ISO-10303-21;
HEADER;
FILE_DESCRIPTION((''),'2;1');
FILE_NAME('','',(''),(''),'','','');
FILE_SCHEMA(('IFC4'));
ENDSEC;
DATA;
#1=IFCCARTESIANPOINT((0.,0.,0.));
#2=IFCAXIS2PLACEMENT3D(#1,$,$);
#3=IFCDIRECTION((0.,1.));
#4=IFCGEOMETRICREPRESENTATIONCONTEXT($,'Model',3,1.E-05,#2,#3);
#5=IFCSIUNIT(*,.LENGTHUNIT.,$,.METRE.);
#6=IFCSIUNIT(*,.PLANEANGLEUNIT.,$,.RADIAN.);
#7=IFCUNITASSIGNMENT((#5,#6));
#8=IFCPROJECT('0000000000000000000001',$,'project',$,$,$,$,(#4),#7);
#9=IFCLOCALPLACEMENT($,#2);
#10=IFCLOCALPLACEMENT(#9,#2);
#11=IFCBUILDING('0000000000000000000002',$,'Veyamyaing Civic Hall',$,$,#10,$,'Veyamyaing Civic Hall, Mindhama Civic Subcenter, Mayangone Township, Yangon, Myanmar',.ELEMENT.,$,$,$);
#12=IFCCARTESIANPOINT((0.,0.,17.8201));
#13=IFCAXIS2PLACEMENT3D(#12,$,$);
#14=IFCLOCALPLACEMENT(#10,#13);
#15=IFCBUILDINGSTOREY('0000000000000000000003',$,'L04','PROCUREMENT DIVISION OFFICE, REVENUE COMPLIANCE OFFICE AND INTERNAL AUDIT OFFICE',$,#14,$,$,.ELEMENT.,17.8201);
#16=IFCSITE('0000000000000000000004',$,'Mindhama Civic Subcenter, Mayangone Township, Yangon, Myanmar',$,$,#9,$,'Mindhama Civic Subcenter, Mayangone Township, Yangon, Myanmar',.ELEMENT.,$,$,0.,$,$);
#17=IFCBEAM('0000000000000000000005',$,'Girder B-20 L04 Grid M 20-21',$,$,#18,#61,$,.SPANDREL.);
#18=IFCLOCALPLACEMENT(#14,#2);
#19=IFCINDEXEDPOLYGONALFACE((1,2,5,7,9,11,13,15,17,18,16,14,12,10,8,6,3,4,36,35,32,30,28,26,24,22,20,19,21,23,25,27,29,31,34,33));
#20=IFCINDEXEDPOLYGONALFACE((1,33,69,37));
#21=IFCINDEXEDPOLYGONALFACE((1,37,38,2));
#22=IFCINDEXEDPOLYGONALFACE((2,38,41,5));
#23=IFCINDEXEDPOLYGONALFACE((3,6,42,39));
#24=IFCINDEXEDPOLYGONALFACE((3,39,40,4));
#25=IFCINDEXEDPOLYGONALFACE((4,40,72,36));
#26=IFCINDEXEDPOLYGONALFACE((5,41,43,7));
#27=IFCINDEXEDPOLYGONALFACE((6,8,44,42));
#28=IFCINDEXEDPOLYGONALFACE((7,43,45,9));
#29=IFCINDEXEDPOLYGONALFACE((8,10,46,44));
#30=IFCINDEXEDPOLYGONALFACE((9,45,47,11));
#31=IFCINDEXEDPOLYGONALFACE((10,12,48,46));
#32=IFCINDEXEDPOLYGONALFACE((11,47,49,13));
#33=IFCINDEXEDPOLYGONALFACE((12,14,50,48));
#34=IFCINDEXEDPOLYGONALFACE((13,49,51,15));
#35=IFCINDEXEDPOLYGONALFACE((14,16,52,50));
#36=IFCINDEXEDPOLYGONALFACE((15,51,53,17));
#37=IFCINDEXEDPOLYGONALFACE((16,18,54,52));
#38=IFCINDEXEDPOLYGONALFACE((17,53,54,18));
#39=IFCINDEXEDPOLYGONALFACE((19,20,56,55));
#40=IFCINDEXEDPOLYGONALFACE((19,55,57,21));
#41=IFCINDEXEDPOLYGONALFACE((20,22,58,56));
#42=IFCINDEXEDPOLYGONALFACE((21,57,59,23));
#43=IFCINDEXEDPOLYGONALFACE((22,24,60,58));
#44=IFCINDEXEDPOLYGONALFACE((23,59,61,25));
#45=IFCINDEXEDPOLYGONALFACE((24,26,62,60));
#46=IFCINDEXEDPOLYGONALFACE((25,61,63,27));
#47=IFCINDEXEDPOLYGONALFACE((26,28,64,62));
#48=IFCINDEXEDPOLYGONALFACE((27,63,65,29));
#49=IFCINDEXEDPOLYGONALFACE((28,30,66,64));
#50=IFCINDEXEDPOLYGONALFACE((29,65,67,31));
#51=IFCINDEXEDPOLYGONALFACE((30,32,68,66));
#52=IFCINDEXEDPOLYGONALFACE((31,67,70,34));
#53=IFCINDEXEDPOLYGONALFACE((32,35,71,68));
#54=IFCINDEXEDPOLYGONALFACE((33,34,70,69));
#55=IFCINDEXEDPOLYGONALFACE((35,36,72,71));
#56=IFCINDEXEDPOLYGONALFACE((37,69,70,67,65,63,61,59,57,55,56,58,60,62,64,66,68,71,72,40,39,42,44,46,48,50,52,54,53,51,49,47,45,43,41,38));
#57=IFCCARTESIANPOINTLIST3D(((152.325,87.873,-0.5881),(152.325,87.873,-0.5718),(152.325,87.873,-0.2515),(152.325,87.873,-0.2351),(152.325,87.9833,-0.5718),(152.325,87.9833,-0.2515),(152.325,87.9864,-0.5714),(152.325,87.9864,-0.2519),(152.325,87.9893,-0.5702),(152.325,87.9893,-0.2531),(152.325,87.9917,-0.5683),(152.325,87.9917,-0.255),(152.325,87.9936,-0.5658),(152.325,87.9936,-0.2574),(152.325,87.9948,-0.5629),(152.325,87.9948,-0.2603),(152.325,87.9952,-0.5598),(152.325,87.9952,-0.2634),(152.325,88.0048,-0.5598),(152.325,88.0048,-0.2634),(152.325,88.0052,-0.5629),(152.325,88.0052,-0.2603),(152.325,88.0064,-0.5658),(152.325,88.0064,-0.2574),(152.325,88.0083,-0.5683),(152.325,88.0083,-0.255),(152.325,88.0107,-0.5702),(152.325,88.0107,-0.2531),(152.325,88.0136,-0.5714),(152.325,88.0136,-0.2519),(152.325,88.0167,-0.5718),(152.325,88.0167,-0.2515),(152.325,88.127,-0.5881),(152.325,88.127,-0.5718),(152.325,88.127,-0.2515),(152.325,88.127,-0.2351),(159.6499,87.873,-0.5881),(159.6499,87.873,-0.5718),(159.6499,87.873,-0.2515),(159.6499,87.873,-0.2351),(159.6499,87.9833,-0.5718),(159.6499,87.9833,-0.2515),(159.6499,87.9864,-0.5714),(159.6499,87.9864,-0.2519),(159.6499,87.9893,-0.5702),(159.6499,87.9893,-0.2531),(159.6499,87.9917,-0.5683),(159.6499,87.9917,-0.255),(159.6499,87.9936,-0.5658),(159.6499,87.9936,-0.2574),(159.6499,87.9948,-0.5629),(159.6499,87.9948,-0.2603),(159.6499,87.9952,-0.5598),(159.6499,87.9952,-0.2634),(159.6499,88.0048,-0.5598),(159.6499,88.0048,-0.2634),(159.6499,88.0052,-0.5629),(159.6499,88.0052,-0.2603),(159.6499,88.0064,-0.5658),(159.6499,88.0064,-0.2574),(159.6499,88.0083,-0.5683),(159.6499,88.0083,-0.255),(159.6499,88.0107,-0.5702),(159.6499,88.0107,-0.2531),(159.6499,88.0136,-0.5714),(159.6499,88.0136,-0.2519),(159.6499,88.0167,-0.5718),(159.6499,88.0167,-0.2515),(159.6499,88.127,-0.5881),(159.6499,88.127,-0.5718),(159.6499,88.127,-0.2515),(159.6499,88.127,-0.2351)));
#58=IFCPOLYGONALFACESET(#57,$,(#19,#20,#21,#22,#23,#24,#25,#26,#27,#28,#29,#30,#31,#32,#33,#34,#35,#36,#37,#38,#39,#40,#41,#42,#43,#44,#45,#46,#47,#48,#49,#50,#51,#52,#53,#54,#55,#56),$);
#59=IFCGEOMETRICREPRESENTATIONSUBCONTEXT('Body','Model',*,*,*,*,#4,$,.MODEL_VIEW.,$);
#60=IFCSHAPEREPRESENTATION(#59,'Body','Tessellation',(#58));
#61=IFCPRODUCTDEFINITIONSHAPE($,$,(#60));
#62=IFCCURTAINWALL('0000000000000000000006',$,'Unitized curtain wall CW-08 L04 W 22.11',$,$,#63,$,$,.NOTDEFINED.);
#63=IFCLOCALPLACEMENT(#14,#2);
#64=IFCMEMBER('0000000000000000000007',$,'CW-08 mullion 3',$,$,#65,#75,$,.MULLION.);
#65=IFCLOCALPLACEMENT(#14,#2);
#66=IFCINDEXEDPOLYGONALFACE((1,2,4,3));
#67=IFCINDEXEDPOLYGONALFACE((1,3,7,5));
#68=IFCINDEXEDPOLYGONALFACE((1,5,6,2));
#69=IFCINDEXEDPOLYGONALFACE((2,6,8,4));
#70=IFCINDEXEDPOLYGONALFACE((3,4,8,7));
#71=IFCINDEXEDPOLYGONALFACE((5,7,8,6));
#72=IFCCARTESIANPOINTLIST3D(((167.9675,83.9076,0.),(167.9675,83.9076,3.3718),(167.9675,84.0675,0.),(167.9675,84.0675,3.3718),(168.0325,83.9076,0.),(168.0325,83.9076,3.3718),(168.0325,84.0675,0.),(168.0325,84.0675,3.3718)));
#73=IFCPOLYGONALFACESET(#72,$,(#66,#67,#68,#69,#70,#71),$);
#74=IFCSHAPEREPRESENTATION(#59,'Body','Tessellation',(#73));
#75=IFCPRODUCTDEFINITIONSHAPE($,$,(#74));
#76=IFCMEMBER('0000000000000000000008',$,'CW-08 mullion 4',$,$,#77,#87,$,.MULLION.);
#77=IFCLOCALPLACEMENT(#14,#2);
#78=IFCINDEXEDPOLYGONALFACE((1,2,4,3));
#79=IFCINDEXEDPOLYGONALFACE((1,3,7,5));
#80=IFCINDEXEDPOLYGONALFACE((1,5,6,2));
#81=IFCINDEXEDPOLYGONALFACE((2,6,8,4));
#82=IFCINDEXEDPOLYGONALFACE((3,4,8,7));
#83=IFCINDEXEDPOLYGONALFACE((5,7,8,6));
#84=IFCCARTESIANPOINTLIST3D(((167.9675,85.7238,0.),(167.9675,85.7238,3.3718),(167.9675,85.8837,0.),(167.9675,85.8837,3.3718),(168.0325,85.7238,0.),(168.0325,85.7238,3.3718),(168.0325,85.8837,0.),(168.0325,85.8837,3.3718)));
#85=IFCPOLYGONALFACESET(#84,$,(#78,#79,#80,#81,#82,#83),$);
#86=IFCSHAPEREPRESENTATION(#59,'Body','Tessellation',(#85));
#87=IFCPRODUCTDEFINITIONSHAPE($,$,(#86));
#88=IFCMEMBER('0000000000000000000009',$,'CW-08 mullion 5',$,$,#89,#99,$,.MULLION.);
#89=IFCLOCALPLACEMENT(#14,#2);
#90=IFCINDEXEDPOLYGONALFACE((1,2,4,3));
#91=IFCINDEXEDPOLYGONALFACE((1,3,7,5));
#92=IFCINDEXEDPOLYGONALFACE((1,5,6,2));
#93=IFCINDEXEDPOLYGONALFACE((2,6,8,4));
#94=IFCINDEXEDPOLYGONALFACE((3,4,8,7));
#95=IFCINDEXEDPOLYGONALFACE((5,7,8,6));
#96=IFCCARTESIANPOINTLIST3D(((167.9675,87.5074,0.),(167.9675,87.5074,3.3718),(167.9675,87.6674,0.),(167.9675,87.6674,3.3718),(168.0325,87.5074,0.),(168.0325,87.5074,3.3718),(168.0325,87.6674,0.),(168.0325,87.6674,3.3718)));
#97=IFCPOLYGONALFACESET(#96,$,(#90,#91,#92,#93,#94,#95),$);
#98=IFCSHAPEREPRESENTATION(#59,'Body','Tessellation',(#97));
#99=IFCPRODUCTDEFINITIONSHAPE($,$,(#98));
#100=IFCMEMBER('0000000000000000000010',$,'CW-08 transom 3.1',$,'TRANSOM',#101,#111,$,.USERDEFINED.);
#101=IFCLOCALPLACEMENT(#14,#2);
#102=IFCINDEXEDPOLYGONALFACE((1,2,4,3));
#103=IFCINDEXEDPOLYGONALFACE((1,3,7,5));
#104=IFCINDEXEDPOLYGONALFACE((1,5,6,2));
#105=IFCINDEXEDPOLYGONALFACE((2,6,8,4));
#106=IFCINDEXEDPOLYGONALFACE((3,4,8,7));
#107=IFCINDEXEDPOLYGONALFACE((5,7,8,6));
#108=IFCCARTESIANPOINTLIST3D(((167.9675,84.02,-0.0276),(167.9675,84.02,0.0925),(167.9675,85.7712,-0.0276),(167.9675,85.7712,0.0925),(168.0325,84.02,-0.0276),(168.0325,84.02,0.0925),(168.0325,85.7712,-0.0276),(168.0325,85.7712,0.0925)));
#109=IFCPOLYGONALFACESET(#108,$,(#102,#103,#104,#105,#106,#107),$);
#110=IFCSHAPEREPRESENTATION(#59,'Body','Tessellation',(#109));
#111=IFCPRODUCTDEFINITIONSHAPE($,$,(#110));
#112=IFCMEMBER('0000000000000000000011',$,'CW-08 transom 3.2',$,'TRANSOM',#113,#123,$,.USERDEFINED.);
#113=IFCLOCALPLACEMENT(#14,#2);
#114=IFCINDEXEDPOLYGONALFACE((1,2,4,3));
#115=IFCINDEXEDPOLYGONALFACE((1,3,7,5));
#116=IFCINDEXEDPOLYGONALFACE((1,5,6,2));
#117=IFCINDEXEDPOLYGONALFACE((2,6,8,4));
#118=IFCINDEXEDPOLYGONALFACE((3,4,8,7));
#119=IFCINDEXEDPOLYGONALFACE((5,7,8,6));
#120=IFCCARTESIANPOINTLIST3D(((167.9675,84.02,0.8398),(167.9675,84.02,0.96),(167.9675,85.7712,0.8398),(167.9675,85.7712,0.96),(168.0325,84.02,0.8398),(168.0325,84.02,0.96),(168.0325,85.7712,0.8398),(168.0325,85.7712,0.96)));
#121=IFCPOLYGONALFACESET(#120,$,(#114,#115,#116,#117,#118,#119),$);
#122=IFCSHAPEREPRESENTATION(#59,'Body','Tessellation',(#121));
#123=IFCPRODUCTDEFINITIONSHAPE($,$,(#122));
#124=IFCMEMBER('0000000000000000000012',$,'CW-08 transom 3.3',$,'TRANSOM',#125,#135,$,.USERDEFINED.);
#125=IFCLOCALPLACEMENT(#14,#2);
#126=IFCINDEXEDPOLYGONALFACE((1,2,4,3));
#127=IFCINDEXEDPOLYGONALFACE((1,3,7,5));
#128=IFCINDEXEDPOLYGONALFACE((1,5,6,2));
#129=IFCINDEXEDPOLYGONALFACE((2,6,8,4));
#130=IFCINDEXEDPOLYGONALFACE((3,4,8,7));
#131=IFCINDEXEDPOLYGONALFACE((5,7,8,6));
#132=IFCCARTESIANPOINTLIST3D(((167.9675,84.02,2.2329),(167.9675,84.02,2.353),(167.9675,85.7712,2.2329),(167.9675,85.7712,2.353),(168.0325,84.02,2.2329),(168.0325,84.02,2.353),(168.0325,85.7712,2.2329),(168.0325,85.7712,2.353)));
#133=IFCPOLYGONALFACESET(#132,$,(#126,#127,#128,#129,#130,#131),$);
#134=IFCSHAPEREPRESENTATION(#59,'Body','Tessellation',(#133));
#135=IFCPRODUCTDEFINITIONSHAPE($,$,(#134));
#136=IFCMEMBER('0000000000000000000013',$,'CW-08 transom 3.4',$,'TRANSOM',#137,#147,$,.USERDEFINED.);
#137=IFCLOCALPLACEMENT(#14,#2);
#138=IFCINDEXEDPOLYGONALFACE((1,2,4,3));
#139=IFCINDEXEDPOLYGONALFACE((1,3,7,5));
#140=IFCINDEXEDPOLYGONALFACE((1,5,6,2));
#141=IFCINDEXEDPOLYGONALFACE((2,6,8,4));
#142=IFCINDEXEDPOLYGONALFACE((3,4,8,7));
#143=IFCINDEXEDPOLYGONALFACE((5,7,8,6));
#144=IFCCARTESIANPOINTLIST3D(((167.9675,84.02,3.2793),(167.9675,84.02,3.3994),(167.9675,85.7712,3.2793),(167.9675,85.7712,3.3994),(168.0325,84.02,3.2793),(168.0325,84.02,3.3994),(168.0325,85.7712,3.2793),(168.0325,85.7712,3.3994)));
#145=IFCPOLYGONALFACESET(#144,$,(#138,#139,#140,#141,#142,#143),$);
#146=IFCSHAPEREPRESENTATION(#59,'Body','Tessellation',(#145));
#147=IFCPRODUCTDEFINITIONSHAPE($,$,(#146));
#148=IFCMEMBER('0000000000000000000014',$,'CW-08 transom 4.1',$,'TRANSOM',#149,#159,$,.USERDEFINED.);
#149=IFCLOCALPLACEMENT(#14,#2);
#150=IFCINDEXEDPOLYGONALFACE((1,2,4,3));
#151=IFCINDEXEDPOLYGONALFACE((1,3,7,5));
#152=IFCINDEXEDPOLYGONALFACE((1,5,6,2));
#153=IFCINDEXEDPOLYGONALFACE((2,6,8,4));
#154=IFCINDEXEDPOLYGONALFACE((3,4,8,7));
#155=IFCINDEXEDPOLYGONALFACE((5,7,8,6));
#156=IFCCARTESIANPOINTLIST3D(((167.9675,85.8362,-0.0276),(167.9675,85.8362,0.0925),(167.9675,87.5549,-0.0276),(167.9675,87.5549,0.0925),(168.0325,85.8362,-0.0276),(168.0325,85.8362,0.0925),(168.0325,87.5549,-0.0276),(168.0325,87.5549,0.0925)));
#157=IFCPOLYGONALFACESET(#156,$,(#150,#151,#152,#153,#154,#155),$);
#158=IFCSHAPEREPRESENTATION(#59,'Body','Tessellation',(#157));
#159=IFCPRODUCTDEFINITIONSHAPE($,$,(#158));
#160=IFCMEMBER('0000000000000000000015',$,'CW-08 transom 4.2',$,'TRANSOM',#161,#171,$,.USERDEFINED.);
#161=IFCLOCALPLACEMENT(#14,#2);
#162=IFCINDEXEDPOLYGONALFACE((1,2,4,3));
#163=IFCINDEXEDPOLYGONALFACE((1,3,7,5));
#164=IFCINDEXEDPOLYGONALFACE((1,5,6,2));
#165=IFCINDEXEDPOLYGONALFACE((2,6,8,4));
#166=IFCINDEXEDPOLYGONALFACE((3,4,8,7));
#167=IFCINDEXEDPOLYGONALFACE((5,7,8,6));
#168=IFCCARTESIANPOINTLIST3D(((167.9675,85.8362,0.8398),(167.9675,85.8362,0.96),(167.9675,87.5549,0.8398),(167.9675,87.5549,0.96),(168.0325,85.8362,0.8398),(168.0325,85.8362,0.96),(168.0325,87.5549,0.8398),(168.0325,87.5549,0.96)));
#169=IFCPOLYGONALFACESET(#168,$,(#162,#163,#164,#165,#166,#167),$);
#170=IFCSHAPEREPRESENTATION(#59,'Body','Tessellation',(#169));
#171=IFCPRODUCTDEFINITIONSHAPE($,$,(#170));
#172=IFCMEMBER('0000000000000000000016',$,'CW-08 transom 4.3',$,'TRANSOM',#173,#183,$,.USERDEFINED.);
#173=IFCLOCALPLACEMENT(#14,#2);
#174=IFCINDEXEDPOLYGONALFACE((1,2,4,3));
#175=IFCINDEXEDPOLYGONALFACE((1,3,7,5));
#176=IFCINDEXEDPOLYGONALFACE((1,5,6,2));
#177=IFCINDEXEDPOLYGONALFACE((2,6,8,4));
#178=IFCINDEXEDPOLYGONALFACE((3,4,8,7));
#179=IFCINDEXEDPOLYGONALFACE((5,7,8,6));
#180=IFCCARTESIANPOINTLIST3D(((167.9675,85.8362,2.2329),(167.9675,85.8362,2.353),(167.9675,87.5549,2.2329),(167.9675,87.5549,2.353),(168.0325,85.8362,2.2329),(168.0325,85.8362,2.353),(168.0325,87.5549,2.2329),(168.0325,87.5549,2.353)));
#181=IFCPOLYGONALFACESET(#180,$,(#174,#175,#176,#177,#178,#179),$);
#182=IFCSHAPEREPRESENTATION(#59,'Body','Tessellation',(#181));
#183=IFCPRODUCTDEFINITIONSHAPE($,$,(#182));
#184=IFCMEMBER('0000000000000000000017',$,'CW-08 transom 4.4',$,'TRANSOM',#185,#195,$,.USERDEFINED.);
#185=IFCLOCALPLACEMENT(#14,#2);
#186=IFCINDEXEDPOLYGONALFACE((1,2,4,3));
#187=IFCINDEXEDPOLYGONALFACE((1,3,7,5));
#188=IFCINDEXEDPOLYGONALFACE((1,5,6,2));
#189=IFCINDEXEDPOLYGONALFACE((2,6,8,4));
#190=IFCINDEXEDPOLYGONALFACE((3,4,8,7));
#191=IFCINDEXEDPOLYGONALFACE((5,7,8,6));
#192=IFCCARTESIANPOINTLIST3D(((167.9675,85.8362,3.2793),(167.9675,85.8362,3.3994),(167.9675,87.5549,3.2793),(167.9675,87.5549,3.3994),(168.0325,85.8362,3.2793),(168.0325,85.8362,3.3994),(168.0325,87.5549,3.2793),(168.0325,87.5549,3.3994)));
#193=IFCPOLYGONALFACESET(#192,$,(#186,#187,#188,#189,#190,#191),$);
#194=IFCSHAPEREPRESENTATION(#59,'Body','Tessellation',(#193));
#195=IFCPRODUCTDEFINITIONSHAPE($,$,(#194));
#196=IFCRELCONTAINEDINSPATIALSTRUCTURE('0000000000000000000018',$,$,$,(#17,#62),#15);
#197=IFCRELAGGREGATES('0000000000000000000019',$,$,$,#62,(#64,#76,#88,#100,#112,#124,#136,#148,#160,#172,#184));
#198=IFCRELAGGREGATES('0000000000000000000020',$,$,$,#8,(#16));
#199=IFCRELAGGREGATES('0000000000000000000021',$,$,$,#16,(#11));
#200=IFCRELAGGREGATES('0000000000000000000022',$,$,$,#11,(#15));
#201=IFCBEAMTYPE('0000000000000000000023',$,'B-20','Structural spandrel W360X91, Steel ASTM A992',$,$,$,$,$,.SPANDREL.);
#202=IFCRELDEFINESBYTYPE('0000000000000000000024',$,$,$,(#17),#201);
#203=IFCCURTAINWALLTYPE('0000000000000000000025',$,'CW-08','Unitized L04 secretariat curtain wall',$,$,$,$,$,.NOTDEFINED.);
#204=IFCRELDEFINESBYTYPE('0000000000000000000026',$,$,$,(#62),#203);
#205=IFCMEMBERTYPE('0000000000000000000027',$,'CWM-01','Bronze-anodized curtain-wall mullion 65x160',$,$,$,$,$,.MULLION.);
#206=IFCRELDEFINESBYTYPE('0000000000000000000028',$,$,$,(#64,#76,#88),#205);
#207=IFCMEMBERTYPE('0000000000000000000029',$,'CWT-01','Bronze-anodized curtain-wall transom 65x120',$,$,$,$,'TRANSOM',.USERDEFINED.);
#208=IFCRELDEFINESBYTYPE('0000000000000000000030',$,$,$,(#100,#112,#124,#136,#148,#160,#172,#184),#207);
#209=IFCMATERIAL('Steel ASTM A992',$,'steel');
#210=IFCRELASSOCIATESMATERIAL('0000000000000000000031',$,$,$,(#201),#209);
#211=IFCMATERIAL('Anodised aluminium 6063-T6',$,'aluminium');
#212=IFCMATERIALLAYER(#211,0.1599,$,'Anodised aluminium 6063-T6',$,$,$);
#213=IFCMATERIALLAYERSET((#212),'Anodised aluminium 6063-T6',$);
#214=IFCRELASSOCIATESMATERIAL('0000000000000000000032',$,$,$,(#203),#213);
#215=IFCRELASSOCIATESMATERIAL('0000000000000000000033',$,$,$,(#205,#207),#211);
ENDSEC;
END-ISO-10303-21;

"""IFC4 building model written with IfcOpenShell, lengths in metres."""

from ifc_helpers import new_model, si_unit, direction, frame, origin, origin_2d, place, context, subcontext, project, spatial, rectangle, i_section, extrude, material, layer, layer_set, material_profile, profile_set, type_object, element, aggregate, save


model = new_model("IFC4")

# Units and contexts
model_context = context("Model", 3, precision=1e-05, world=origin(), true_north=direction((0.0, 1.0)))
body_context = subcontext(model_context, "Body", "Model", "MODEL_VIEW")
ifc_project = project(units=[si_unit("LENGTHUNIT", "METRE"), si_unit("PLANEANGLEUNIT", "RADIAN")], contexts=[model_context])

# Site, building, storey
site_placement = place(None, origin())
site = spatial("IfcSite", under=ifc_project, at=site_placement, Name="Mindhama Civic Subcenter, Mayangone Township, Yangon, Myanmar", LongName="Mindhama Civic Subcenter, Mayangone Township, Yangon, Myanmar", CompositionType="ELEMENT", RefElevation=0.0)
building_placement = place(site_placement, origin())
building = spatial("IfcBuilding", under=site, at=building_placement, Name="Veyamyaing Civic Hall", LongName="Veyamyaing Civic Hall, Mindhama Civic Subcenter, Mayangone Township, Yangon, Myanmar", CompositionType="ELEMENT")
storey_placement = place(building_placement, frame((0.0, 0.0, 17.8201)))
storey = spatial("IfcBuildingStorey", under=building, at=storey_placement, Name="L04", Description="PROCUREMENT DIVISION OFFICE, REVENUE COMPLIANCE OFFICE AND INTERNAL AUDIT OFFICE", CompositionType="ELEMENT", Elevation=17.8201)

# Beam
ifc_material_1 = material(Name="Steel ASTM A992", Category="steel")
ifc_material_profile_1 = material_profile(ifc_material_1, i_section(OverallWidth=0.2539, OverallDepth=0.353, WebThickness=0.0095, FlangeThickness=0.0164, FilletRadius=0.012, at=origin_2d()), Name="W360X91")
ifc_profile_set_1 = profile_set([ifc_material_profile_1], Name="Steel ASTM A992")
beam_type = type_object("IfcBeamType", Name="B-20", Description="Structural spandrel W360X91, Steel ASTM A992", PredefinedType="SPANDREL", material=ifc_profile_set_1)
beam_placement = place(storey_placement, frame((152.325, 88.0, -0.4116), z_axis=(1.0, 0.0, 0.0), x_axis=(0.0, 1.0, 0.0)))
element("IfcBeam", 1, at=beam_placement, inside=storey, type_object=beam_type, Name="Girder B-20 L04 Grid M 20-21", PredefinedType="SPANDREL", context=body_context, shape_type="SweptSolid", body=[
    extrude(i_section(OverallWidth=0.2539, OverallDepth=0.353, WebThickness=0.0095, FlangeThickness=0.0164, FilletRadius=0.012, at=origin_2d()), origin(), (0.0, 0.0, 1.0), 7.325),
])

# Curtain wall, members
ifc_material_2 = material(Name="Anodised aluminium 6063-T6", Category="aluminium")
ifc_layer_1 = layer(ifc_material_2, 0.1599, Name="Anodised aluminium 6063-T6")
ifc_layer_set_1 = layer_set([ifc_layer_1], Name="Anodised aluminium 6063-T6")
curtain_wall_type = type_object("IfcCurtainWallType", Name="CW-08", Description="Unitized L04 secretariat curtain wall", PredefinedType="NOTDEFINED", material=ifc_layer_set_1)
curtain_wall_placement = place(storey_placement, origin())
curtain_wall = element("IfcCurtainWall", 2, at=curtain_wall_placement, inside=storey, type_object=curtain_wall_type, Name="Unitized curtain wall CW-08 L04 W 22.11", PredefinedType="NOTDEFINED")
ifc_material_profile_2 = material_profile(ifc_material_2, rectangle(XDim=0.0649, YDim=0.1599, at=origin_2d()), Name="ALU-MUL-65X160")
ifc_profile_set_2 = profile_set([ifc_material_profile_2], Name="Anodised aluminium 6063-T6")
member_type_1 = type_object("IfcMemberType", Name="CWM-01", Description="Bronze-anodized curtain-wall mullion 65x160", PredefinedType="MULLION", material=ifc_profile_set_2)
member_1_placement = place(storey_placement, frame((168.0, 83.9875, 0.0), z_axis=(0.0, 0.0, 1.0), x_axis=(-1.0, 0.0, 0.0)))
member_1 = element("IfcMember", 3, at=member_1_placement, type_object=member_type_1, Name="CW-08 mullion 3", PredefinedType="MULLION", context=body_context, shape_type="SweptSolid", body=[
    extrude(rectangle(XDim=0.0649, YDim=0.1599, at=origin_2d()), origin(), (0.0, 0.0, 1.0), 3.3718),
])
member_2_placement = place(storey_placement, frame((168.0, 85.8037, 0.0), z_axis=(0.0, 0.0, 1.0), x_axis=(-1.0, 0.0, 0.0)))
member_2 = element("IfcMember", 4, at=member_2_placement, type_object=member_type_1, Name="CW-08 mullion 4", PredefinedType="MULLION", context=body_context, shape_type="SweptSolid", body=[
    extrude(rectangle(XDim=0.0649, YDim=0.1599, at=origin_2d()), origin(), (0.0, 0.0, 1.0), 3.3718),
])
member_3_placement = place(storey_placement, frame((168.0, 87.5874, 0.0), z_axis=(0.0, 0.0, 1.0), x_axis=(-1.0, 0.0, 0.0)))
member_3 = element("IfcMember", 5, at=member_3_placement, type_object=member_type_1, Name="CW-08 mullion 5", PredefinedType="MULLION", context=body_context, shape_type="SweptSolid", body=[
    extrude(rectangle(XDim=0.0649, YDim=0.1599, at=origin_2d()), origin(), (0.0, 0.0, 1.0), 3.3718),
])
ifc_material_profile_3 = material_profile(ifc_material_2, rectangle(XDim=0.0649, YDim=0.1201, at=origin_2d()), Name="ALU-TRN-65X120")
ifc_profile_set_3 = profile_set([ifc_material_profile_3], Name="Anodised aluminium 6063-T6")
member_type_2 = type_object("IfcMemberType", Name="CWT-01", Description="Bronze-anodized curtain-wall transom 65x120", ElementType="TRANSOM", PredefinedType="USERDEFINED", material=ifc_profile_set_3)
member_4_placement = place(storey_placement, frame((168.0, 84.02, 0.0325), z_axis=(0.0, 1.0, 0.0), x_axis=(-1.0, 0.0, 0.0)))
member_4 = element("IfcMember", 6, at=member_4_placement, type_object=member_type_2, Name="CW-08 transom 3.1", ObjectType="TRANSOM", PredefinedType="USERDEFINED", context=body_context, shape_type="SweptSolid", body=[
    extrude(rectangle(XDim=0.0649, YDim=0.1201, at=origin_2d()), origin(), (0.0, 0.0, 1.0), 1.7512),
])
member_5_placement = place(storey_placement, frame((168.0, 84.02, 0.8999), z_axis=(0.0, 1.0, 0.0), x_axis=(-1.0, 0.0, 0.0)))
member_5 = element("IfcMember", 7, at=member_5_placement, type_object=member_type_2, Name="CW-08 transom 3.2", ObjectType="TRANSOM", PredefinedType="USERDEFINED", context=body_context, shape_type="SweptSolid", body=[
    extrude(rectangle(XDim=0.0649, YDim=0.1201, at=origin_2d()), origin(), (0.0, 0.0, 1.0), 1.7512),
])
member_6_placement = place(storey_placement, frame((168.0, 84.02, 2.293), z_axis=(0.0, 1.0, 0.0), x_axis=(-1.0, 0.0, 0.0)))
member_6 = element("IfcMember", 8, at=member_6_placement, type_object=member_type_2, Name="CW-08 transom 3.3", ObjectType="TRANSOM", PredefinedType="USERDEFINED", context=body_context, shape_type="SweptSolid", body=[
    extrude(rectangle(XDim=0.0649, YDim=0.1201, at=origin_2d()), origin(), (0.0, 0.0, 1.0), 1.7512),
])
member_7_placement = place(storey_placement, frame((168.0, 84.02, 3.3394), z_axis=(0.0, 1.0, 0.0), x_axis=(-1.0, 0.0, 0.0)))
member_7 = element("IfcMember", 9, at=member_7_placement, type_object=member_type_2, Name="CW-08 transom 3.4", ObjectType="TRANSOM", PredefinedType="USERDEFINED", context=body_context, shape_type="SweptSolid", body=[
    extrude(rectangle(XDim=0.0649, YDim=0.1201, at=origin_2d()), origin(), (0.0, 0.0, 1.0), 1.7512),
])
member_8_placement = place(storey_placement, frame((168.0, 85.8362, 0.0325), z_axis=(0.0, 1.0, 0.0), x_axis=(-1.0, 0.0, 0.0)))
member_8 = element("IfcMember", 10, at=member_8_placement, type_object=member_type_2, Name="CW-08 transom 4.1", ObjectType="TRANSOM", PredefinedType="USERDEFINED", context=body_context, shape_type="SweptSolid", body=[
    extrude(rectangle(XDim=0.0649, YDim=0.1201, at=origin_2d()), origin(), (0.0, 0.0, 1.0), 1.7188),
])
member_9_placement = place(storey_placement, frame((168.0, 85.8362, 0.8999), z_axis=(0.0, 1.0, 0.0), x_axis=(-1.0, 0.0, 0.0)))
member_9 = element("IfcMember", 11, at=member_9_placement, type_object=member_type_2, Name="CW-08 transom 4.2", ObjectType="TRANSOM", PredefinedType="USERDEFINED", context=body_context, shape_type="SweptSolid", body=[
    extrude(rectangle(XDim=0.0649, YDim=0.1201, at=origin_2d()), origin(), (0.0, 0.0, 1.0), 1.7188),
])
member_10_placement = place(storey_placement, frame((168.0, 85.8362, 2.293), z_axis=(0.0, 1.0, 0.0), x_axis=(-1.0, 0.0, 0.0)))
member_10 = element("IfcMember", 12, at=member_10_placement, type_object=member_type_2, Name="CW-08 transom 4.3", ObjectType="TRANSOM", PredefinedType="USERDEFINED", context=body_context, shape_type="SweptSolid", body=[
    extrude(rectangle(XDim=0.0649, YDim=0.1201, at=origin_2d()), origin(), (0.0, 0.0, 1.0), 1.7188),
])
member_11_placement = place(storey_placement, frame((168.0, 85.8362, 3.3394), z_axis=(0.0, 1.0, 0.0), x_axis=(-1.0, 0.0, 0.0)))
member_11 = element("IfcMember", 13, at=member_11_placement, type_object=member_type_2, Name="CW-08 transom 4.4", ObjectType="TRANSOM", PredefinedType="USERDEFINED", context=body_context, shape_type="SweptSolid", body=[
    extrude(rectangle(XDim=0.0649, YDim=0.1201, at=origin_2d()), origin(), (0.0, 0.0, 1.0), 1.7188),
])
aggregate(curtain_wall, [member_1, member_2, member_3, member_4, member_5, member_6, member_7, member_8, member_9, member_10, member_11])

save(model, "model.ifc")
